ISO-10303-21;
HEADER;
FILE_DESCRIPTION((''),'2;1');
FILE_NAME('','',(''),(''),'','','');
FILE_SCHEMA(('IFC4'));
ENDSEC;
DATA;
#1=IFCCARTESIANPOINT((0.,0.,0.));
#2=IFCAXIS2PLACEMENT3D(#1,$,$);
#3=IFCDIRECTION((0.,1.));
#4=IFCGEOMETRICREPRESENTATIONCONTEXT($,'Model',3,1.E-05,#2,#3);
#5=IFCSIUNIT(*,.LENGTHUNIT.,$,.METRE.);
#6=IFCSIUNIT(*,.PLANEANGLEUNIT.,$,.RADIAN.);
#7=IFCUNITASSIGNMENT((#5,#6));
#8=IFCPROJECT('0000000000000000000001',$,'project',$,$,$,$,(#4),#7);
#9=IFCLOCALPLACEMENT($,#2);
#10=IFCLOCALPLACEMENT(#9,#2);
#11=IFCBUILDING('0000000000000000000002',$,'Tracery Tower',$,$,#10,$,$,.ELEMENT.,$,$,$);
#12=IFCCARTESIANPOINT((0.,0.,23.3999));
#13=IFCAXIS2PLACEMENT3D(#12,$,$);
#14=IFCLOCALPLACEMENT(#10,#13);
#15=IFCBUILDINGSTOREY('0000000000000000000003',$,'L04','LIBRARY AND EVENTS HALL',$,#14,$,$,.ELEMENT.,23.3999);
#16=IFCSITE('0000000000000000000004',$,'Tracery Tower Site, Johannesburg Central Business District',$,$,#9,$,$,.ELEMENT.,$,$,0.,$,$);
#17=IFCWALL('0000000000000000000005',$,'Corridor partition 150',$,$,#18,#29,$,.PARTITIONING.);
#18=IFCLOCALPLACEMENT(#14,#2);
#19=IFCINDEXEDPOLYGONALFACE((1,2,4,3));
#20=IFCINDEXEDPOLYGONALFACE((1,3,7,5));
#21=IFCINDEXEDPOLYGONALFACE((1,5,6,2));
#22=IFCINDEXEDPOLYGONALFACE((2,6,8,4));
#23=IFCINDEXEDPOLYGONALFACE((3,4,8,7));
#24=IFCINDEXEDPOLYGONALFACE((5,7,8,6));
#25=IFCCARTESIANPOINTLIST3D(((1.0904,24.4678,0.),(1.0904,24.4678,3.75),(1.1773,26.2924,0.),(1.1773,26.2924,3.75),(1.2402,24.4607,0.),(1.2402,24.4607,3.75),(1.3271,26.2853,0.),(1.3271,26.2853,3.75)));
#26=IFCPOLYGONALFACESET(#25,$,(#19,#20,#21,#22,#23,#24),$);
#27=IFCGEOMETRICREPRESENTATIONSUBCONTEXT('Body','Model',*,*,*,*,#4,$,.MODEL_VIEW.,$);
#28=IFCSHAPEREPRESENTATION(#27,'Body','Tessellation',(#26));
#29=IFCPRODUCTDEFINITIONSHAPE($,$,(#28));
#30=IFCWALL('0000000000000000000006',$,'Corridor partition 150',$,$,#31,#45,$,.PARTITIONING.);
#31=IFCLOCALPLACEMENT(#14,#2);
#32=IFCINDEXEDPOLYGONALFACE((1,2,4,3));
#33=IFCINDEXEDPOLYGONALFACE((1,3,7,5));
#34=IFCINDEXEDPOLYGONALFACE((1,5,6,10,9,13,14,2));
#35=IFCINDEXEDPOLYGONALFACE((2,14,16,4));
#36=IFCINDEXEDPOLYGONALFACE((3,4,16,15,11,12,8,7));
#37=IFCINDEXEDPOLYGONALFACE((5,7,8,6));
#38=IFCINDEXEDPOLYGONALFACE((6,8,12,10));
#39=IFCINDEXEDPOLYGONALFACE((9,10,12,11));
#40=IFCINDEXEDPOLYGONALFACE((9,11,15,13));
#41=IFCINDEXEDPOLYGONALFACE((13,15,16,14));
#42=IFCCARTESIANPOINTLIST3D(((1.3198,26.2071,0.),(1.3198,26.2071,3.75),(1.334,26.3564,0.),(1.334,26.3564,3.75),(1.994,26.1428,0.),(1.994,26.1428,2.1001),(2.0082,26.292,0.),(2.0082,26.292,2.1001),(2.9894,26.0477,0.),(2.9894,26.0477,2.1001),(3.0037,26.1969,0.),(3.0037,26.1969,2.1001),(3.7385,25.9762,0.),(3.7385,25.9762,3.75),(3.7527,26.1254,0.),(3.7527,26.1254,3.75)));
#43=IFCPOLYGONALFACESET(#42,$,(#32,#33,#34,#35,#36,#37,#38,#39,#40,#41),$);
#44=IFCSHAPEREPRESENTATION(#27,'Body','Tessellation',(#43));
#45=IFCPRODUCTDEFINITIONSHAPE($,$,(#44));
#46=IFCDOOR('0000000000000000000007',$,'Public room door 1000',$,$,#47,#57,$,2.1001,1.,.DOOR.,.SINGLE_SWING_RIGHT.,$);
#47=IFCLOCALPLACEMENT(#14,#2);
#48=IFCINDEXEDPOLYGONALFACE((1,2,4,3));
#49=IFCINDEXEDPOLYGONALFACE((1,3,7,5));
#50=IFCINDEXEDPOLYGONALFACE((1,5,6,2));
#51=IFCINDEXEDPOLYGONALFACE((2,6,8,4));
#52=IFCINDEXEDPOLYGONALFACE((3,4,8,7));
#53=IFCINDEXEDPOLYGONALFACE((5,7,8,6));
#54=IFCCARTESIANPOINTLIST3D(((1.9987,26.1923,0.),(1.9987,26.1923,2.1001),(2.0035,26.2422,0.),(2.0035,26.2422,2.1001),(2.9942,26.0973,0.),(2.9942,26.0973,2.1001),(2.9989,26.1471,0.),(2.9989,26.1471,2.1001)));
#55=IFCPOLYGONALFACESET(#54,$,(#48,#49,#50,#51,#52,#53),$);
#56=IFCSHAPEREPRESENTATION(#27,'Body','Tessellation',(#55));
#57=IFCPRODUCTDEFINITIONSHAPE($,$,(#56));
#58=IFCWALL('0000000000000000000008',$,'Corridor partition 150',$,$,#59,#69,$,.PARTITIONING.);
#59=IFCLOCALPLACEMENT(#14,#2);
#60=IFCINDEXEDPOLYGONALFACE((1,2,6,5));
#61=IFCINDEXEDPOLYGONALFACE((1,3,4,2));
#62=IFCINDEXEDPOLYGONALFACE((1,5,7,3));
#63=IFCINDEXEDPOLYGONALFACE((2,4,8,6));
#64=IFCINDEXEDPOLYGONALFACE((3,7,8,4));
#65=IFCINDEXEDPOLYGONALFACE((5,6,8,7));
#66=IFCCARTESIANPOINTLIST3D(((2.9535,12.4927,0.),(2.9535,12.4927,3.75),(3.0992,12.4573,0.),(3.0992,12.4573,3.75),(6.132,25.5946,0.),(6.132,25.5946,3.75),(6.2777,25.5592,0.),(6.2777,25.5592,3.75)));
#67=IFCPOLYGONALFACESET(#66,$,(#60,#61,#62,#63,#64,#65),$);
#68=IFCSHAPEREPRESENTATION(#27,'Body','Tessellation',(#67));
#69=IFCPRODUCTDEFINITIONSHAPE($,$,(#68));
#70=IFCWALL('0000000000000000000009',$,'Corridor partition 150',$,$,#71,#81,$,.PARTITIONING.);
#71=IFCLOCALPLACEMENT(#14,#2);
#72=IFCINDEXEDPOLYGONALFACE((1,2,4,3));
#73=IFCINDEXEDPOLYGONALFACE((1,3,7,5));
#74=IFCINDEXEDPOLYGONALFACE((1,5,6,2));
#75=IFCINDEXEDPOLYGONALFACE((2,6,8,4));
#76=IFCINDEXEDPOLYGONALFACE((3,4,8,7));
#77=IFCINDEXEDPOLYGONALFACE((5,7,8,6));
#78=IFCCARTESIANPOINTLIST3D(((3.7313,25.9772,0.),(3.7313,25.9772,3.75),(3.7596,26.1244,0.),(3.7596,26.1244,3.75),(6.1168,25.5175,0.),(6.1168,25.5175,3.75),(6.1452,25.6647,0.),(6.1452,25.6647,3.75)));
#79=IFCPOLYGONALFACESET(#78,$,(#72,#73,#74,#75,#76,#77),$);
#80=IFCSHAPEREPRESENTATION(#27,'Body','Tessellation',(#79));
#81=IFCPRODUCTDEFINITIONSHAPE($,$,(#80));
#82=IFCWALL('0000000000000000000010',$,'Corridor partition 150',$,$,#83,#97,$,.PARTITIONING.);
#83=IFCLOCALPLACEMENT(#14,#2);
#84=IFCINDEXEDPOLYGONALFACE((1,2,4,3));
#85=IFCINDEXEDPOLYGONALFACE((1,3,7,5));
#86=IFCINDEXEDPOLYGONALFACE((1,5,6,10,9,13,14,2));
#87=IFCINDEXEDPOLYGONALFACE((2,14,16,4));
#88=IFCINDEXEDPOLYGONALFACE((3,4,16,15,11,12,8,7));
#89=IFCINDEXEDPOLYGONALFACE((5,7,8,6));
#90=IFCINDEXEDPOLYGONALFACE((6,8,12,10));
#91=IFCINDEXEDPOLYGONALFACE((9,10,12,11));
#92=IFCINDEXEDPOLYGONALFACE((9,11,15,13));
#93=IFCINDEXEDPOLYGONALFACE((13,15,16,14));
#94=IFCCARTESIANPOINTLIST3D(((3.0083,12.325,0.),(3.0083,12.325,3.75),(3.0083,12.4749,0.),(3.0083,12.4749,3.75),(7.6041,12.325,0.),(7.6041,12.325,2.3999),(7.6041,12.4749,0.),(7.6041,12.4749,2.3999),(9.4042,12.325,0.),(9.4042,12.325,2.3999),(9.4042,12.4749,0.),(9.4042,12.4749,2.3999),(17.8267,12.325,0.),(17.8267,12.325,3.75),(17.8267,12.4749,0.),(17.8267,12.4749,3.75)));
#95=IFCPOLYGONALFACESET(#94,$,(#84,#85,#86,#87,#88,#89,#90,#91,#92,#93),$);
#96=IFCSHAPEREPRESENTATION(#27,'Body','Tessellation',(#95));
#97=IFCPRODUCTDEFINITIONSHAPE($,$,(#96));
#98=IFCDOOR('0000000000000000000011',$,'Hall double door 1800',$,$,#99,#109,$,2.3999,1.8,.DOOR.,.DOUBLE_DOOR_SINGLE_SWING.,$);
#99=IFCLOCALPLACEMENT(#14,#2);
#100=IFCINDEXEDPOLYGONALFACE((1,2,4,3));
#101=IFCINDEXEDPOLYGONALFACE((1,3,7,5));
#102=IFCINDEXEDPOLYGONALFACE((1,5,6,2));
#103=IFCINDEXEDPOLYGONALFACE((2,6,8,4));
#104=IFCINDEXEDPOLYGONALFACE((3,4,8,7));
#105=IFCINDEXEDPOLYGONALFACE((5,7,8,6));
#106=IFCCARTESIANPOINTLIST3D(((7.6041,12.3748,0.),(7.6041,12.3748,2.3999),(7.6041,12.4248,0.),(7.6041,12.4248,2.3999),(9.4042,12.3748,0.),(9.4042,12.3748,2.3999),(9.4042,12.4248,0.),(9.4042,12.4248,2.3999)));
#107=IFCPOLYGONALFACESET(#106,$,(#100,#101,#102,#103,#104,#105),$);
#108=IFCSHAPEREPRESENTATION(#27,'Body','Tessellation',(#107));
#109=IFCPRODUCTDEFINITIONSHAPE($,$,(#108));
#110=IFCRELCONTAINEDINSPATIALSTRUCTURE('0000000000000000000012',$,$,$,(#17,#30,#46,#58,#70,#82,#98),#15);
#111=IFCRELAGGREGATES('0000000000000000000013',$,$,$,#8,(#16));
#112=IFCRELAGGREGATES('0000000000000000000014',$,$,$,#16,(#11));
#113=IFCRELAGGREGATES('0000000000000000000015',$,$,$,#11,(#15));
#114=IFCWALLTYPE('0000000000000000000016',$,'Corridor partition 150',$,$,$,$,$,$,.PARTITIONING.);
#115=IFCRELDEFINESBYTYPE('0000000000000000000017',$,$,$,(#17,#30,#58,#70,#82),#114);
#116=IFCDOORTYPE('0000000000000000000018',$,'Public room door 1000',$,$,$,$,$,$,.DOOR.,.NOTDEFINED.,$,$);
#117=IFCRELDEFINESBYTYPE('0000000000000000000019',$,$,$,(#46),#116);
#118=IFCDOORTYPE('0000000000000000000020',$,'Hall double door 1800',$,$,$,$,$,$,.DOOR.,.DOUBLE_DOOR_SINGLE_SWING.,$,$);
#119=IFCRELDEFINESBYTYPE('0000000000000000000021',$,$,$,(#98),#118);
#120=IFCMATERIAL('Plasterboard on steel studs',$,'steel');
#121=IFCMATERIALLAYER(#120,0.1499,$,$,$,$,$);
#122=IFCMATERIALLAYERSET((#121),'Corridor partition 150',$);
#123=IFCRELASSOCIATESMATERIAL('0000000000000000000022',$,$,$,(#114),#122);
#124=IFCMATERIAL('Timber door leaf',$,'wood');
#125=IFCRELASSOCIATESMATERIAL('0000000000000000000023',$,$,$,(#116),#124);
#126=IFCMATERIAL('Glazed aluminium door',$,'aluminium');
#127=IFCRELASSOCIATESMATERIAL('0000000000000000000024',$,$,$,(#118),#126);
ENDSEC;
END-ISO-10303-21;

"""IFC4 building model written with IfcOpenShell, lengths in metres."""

from ifc_helpers import new_model, si_unit, direction, frame, frame_2d, origin, place, context, subcontext, project, spatial, rectangle, extrude, material, layer, layer_set, type_object, element, fill, save


model = new_model("IFC4")

# Units and contexts
model_context = context("Model", 3, precision=1e-05, world=origin(), true_north=direction((0.0, 1.0)))
body_context = subcontext(model_context, "Body", "Model", "MODEL_VIEW")
ifc_project = project(units=[si_unit("LENGTHUNIT", "METRE"), si_unit("PLANEANGLEUNIT", "RADIAN")], contexts=[model_context])

# Site, building, storey
site_placement = place(None, origin())
site = spatial("IfcSite", under=ifc_project, at=site_placement, Name="Tracery Tower Site, Johannesburg Central Business District", CompositionType="ELEMENT", RefElevation=0.0)
building_placement = place(site_placement, origin())
building = spatial("IfcBuilding", under=site, at=building_placement, Name="Tracery Tower", CompositionType="ELEMENT")
storey_placement = place(building_placement, frame((0.0, 0.0, 23.3999)))
storey = spatial("IfcBuildingStorey", under=building, at=storey_placement, Name="L04", Description="LIBRARY AND EVENTS HALL", CompositionType="ELEMENT", Elevation=23.3999)

# Shared definitions
ifc_material_1 = material(Name="Plasterboard on steel studs", Category="steel")
ifc_layer_1 = layer(ifc_material_1, 0.1499)
ifc_layer_set_1 = layer_set([ifc_layer_1], Name="Corridor partition 150")
wall_type_1 = type_object("IfcWallType", Name="Corridor partition 150", PredefinedType="PARTITIONING", material=ifc_layer_set_1)

# Shared definitions
ifc_material_2 = material(Name="Timber door leaf", Category="wood")
door_type_1 = type_object("IfcDoorType", Name="Public room door 1000", OperationType="NOTDEFINED", PredefinedType="DOOR", material=ifc_material_2)

# Wall
wall_1_placement = place(storey_placement, frame((1.2522, 26.2888, 0.0), z_axis=(0.0, 0.0, 1.0), x_axis=(-0.047578, -0.998868, 0.0)))
element("IfcWall", 1, at=wall_1_placement, inside=storey, type_object=wall_type_1, Name="Corridor partition 150", PredefinedType="PARTITIONING", context=body_context, shape_type="SweptSolid", body=[
    extrude(rectangle(XDim=1.8267, YDim=0.1499, at=frame_2d((0.9133, 0.0))), origin(), (0.0, 0.0, 1.0), 3.75),
])

# Wall, opening, door
wall_2_placement = place(storey_placement, frame((1.3269, 26.2817, 0.0), z_axis=(0.0, 0.0, 1.0), x_axis=(0.995472, -0.095056, 0.0)))
wall_2 = element("IfcWall", 2, at=wall_2_placement, inside=storey, type_object=wall_type_1, Name="Corridor partition 150", PredefinedType="PARTITIONING", context=body_context, shape_type="SweptSolid", body=[
    extrude(rectangle(XDim=2.4297, YDim=0.1499, at=frame_2d((1.2148, 0.0))), origin(), (0.0, 0.0, 1.0), 3.75),
])
opening_1_placement = place(wall_2_placement, frame((0.6772, 0.0, 0.0)))
opening_1 = element("IfcOpeningElement", 3, at=opening_1_placement, cuts=wall_2, PredefinedType="OPENING", context=body_context, shape_type="SweptSolid", body=[
    extrude(rectangle(XDim=1.0, YDim=2.1001, at=frame_2d((0.5, 1.05))), frame((0.0, 0.075, 0.0), z_axis=(0.0, -1.0, 0.0), x_axis=(1.0, 0.0, 0.0)), (0.0, 0.0, 1.0), 0.1499),
])
door_1_placement = place(opening_1_placement, origin())
door_1 = element("IfcDoor", 4, at=door_1_placement, inside=storey, type_object=door_type_1, Name="Public room door 1000", OperationType="SINGLE_SWING_RIGHT", OverallHeight=2.1001, OverallWidth=1.0, PredefinedType="DOOR", context=body_context, shape_type="SweptSolid", body=[
    extrude(rectangle(XDim=1.0, YDim=2.1001, at=frame_2d((0.5, 1.05))), frame((0.0, 0.0249, 0.0), z_axis=(0.0, -1.0, 0.0), x_axis=(1.0, 0.0, 0.0)), (0.0, 0.0, 1.0), 0.05),
])
fill(opening_1, door_1)

# Walls
wall_3_placement = place(storey_placement, frame((6.2048, 25.5769, 0.0), z_axis=(0.0, 0.0, 1.0), x_axis=(-0.235759, -0.971812, 0.0)))
element("IfcWall", 5, at=wall_3_placement, inside=storey, type_object=wall_type_1, Name="Corridor partition 150", PredefinedType="PARTITIONING", context=body_context, shape_type="SweptSolid", body=[
    extrude(rectangle(XDim=13.4819, YDim=0.1499, at=frame_2d((6.741, 0.0))), origin(), (0.0, 0.0, 1.0), 3.75),
])
wall_4_placement = place(storey_placement, frame((6.1311, 25.5911, 0.0), z_axis=(0.0, 0.0, 1.0), x_axis=(-0.981933, 0.189231, 0.0)))
element("IfcWall", 6, at=wall_4_placement, inside=storey, type_object=wall_type_1, Name="Corridor partition 150", PredefinedType="PARTITIONING", context=body_context, shape_type="SweptSolid", body=[
    extrude(rectangle(XDim=2.4294, YDim=0.1499, at=frame_2d((1.2148, 0.0))), origin(), (0.0, 0.0, 1.0), 3.75),
])

# Wall, opening, door
wall_5_placement = place(storey_placement, frame((3.0083, 12.3999, 0.0), z_axis=(0.0, 0.0, 1.0), x_axis=(1.0, 0.0, 0.0)))
wall_5 = element("IfcWall", 7, at=wall_5_placement, inside=storey, type_object=wall_type_1, Name="Corridor partition 150", PredefinedType="PARTITIONING", context=body_context, shape_type="SweptSolid", body=[
    extrude(rectangle(XDim=14.8184, YDim=0.1499, at=frame_2d((7.4092, 0.0))), origin(), (0.0, 0.0, 1.0), 3.75),
])
opening_2_placement = place(wall_5_placement, frame((4.5959, 0.0, 0.0)))
opening_2 = element("IfcOpeningElement", 8, at=opening_2_placement, cuts=wall_5, PredefinedType="OPENING", context=body_context, shape_type="SweptSolid", body=[
    extrude(rectangle(XDim=1.8, YDim=2.3999, at=frame_2d((0.8999, 1.2))), frame((0.0, 0.075, 0.0), z_axis=(0.0, -1.0, 0.0), x_axis=(1.0, 0.0, 0.0)), (0.0, 0.0, 1.0), 0.1499),
])
ifc_material_3 = material(Name="Glazed aluminium door", Category="aluminium")
door_type_2 = type_object("IfcDoorType", Name="Hall double door 1800", OperationType="DOUBLE_DOOR_SINGLE_SWING", PredefinedType="DOOR", material=ifc_material_3)
door_2_placement = place(opening_2_placement, origin())
door_2 = element("IfcDoor", 9, at=door_2_placement, inside=storey, type_object=door_type_2, Name="Hall double door 1800", OperationType="DOUBLE_DOOR_SINGLE_SWING", OverallHeight=2.3999, OverallWidth=1.8, PredefinedType="DOOR", context=body_context, shape_type="SweptSolid", body=[
    extrude(rectangle(XDim=1.8, YDim=2.3999, at=frame_2d((0.8999, 1.2))), frame((0.0, 0.0249, 0.0), z_axis=(0.0, -1.0, 0.0), x_axis=(1.0, 0.0, 0.0)), (0.0, 0.0, 1.0), 0.05),
])
fill(opening_2, door_2)

save(model, "model.ifc")
